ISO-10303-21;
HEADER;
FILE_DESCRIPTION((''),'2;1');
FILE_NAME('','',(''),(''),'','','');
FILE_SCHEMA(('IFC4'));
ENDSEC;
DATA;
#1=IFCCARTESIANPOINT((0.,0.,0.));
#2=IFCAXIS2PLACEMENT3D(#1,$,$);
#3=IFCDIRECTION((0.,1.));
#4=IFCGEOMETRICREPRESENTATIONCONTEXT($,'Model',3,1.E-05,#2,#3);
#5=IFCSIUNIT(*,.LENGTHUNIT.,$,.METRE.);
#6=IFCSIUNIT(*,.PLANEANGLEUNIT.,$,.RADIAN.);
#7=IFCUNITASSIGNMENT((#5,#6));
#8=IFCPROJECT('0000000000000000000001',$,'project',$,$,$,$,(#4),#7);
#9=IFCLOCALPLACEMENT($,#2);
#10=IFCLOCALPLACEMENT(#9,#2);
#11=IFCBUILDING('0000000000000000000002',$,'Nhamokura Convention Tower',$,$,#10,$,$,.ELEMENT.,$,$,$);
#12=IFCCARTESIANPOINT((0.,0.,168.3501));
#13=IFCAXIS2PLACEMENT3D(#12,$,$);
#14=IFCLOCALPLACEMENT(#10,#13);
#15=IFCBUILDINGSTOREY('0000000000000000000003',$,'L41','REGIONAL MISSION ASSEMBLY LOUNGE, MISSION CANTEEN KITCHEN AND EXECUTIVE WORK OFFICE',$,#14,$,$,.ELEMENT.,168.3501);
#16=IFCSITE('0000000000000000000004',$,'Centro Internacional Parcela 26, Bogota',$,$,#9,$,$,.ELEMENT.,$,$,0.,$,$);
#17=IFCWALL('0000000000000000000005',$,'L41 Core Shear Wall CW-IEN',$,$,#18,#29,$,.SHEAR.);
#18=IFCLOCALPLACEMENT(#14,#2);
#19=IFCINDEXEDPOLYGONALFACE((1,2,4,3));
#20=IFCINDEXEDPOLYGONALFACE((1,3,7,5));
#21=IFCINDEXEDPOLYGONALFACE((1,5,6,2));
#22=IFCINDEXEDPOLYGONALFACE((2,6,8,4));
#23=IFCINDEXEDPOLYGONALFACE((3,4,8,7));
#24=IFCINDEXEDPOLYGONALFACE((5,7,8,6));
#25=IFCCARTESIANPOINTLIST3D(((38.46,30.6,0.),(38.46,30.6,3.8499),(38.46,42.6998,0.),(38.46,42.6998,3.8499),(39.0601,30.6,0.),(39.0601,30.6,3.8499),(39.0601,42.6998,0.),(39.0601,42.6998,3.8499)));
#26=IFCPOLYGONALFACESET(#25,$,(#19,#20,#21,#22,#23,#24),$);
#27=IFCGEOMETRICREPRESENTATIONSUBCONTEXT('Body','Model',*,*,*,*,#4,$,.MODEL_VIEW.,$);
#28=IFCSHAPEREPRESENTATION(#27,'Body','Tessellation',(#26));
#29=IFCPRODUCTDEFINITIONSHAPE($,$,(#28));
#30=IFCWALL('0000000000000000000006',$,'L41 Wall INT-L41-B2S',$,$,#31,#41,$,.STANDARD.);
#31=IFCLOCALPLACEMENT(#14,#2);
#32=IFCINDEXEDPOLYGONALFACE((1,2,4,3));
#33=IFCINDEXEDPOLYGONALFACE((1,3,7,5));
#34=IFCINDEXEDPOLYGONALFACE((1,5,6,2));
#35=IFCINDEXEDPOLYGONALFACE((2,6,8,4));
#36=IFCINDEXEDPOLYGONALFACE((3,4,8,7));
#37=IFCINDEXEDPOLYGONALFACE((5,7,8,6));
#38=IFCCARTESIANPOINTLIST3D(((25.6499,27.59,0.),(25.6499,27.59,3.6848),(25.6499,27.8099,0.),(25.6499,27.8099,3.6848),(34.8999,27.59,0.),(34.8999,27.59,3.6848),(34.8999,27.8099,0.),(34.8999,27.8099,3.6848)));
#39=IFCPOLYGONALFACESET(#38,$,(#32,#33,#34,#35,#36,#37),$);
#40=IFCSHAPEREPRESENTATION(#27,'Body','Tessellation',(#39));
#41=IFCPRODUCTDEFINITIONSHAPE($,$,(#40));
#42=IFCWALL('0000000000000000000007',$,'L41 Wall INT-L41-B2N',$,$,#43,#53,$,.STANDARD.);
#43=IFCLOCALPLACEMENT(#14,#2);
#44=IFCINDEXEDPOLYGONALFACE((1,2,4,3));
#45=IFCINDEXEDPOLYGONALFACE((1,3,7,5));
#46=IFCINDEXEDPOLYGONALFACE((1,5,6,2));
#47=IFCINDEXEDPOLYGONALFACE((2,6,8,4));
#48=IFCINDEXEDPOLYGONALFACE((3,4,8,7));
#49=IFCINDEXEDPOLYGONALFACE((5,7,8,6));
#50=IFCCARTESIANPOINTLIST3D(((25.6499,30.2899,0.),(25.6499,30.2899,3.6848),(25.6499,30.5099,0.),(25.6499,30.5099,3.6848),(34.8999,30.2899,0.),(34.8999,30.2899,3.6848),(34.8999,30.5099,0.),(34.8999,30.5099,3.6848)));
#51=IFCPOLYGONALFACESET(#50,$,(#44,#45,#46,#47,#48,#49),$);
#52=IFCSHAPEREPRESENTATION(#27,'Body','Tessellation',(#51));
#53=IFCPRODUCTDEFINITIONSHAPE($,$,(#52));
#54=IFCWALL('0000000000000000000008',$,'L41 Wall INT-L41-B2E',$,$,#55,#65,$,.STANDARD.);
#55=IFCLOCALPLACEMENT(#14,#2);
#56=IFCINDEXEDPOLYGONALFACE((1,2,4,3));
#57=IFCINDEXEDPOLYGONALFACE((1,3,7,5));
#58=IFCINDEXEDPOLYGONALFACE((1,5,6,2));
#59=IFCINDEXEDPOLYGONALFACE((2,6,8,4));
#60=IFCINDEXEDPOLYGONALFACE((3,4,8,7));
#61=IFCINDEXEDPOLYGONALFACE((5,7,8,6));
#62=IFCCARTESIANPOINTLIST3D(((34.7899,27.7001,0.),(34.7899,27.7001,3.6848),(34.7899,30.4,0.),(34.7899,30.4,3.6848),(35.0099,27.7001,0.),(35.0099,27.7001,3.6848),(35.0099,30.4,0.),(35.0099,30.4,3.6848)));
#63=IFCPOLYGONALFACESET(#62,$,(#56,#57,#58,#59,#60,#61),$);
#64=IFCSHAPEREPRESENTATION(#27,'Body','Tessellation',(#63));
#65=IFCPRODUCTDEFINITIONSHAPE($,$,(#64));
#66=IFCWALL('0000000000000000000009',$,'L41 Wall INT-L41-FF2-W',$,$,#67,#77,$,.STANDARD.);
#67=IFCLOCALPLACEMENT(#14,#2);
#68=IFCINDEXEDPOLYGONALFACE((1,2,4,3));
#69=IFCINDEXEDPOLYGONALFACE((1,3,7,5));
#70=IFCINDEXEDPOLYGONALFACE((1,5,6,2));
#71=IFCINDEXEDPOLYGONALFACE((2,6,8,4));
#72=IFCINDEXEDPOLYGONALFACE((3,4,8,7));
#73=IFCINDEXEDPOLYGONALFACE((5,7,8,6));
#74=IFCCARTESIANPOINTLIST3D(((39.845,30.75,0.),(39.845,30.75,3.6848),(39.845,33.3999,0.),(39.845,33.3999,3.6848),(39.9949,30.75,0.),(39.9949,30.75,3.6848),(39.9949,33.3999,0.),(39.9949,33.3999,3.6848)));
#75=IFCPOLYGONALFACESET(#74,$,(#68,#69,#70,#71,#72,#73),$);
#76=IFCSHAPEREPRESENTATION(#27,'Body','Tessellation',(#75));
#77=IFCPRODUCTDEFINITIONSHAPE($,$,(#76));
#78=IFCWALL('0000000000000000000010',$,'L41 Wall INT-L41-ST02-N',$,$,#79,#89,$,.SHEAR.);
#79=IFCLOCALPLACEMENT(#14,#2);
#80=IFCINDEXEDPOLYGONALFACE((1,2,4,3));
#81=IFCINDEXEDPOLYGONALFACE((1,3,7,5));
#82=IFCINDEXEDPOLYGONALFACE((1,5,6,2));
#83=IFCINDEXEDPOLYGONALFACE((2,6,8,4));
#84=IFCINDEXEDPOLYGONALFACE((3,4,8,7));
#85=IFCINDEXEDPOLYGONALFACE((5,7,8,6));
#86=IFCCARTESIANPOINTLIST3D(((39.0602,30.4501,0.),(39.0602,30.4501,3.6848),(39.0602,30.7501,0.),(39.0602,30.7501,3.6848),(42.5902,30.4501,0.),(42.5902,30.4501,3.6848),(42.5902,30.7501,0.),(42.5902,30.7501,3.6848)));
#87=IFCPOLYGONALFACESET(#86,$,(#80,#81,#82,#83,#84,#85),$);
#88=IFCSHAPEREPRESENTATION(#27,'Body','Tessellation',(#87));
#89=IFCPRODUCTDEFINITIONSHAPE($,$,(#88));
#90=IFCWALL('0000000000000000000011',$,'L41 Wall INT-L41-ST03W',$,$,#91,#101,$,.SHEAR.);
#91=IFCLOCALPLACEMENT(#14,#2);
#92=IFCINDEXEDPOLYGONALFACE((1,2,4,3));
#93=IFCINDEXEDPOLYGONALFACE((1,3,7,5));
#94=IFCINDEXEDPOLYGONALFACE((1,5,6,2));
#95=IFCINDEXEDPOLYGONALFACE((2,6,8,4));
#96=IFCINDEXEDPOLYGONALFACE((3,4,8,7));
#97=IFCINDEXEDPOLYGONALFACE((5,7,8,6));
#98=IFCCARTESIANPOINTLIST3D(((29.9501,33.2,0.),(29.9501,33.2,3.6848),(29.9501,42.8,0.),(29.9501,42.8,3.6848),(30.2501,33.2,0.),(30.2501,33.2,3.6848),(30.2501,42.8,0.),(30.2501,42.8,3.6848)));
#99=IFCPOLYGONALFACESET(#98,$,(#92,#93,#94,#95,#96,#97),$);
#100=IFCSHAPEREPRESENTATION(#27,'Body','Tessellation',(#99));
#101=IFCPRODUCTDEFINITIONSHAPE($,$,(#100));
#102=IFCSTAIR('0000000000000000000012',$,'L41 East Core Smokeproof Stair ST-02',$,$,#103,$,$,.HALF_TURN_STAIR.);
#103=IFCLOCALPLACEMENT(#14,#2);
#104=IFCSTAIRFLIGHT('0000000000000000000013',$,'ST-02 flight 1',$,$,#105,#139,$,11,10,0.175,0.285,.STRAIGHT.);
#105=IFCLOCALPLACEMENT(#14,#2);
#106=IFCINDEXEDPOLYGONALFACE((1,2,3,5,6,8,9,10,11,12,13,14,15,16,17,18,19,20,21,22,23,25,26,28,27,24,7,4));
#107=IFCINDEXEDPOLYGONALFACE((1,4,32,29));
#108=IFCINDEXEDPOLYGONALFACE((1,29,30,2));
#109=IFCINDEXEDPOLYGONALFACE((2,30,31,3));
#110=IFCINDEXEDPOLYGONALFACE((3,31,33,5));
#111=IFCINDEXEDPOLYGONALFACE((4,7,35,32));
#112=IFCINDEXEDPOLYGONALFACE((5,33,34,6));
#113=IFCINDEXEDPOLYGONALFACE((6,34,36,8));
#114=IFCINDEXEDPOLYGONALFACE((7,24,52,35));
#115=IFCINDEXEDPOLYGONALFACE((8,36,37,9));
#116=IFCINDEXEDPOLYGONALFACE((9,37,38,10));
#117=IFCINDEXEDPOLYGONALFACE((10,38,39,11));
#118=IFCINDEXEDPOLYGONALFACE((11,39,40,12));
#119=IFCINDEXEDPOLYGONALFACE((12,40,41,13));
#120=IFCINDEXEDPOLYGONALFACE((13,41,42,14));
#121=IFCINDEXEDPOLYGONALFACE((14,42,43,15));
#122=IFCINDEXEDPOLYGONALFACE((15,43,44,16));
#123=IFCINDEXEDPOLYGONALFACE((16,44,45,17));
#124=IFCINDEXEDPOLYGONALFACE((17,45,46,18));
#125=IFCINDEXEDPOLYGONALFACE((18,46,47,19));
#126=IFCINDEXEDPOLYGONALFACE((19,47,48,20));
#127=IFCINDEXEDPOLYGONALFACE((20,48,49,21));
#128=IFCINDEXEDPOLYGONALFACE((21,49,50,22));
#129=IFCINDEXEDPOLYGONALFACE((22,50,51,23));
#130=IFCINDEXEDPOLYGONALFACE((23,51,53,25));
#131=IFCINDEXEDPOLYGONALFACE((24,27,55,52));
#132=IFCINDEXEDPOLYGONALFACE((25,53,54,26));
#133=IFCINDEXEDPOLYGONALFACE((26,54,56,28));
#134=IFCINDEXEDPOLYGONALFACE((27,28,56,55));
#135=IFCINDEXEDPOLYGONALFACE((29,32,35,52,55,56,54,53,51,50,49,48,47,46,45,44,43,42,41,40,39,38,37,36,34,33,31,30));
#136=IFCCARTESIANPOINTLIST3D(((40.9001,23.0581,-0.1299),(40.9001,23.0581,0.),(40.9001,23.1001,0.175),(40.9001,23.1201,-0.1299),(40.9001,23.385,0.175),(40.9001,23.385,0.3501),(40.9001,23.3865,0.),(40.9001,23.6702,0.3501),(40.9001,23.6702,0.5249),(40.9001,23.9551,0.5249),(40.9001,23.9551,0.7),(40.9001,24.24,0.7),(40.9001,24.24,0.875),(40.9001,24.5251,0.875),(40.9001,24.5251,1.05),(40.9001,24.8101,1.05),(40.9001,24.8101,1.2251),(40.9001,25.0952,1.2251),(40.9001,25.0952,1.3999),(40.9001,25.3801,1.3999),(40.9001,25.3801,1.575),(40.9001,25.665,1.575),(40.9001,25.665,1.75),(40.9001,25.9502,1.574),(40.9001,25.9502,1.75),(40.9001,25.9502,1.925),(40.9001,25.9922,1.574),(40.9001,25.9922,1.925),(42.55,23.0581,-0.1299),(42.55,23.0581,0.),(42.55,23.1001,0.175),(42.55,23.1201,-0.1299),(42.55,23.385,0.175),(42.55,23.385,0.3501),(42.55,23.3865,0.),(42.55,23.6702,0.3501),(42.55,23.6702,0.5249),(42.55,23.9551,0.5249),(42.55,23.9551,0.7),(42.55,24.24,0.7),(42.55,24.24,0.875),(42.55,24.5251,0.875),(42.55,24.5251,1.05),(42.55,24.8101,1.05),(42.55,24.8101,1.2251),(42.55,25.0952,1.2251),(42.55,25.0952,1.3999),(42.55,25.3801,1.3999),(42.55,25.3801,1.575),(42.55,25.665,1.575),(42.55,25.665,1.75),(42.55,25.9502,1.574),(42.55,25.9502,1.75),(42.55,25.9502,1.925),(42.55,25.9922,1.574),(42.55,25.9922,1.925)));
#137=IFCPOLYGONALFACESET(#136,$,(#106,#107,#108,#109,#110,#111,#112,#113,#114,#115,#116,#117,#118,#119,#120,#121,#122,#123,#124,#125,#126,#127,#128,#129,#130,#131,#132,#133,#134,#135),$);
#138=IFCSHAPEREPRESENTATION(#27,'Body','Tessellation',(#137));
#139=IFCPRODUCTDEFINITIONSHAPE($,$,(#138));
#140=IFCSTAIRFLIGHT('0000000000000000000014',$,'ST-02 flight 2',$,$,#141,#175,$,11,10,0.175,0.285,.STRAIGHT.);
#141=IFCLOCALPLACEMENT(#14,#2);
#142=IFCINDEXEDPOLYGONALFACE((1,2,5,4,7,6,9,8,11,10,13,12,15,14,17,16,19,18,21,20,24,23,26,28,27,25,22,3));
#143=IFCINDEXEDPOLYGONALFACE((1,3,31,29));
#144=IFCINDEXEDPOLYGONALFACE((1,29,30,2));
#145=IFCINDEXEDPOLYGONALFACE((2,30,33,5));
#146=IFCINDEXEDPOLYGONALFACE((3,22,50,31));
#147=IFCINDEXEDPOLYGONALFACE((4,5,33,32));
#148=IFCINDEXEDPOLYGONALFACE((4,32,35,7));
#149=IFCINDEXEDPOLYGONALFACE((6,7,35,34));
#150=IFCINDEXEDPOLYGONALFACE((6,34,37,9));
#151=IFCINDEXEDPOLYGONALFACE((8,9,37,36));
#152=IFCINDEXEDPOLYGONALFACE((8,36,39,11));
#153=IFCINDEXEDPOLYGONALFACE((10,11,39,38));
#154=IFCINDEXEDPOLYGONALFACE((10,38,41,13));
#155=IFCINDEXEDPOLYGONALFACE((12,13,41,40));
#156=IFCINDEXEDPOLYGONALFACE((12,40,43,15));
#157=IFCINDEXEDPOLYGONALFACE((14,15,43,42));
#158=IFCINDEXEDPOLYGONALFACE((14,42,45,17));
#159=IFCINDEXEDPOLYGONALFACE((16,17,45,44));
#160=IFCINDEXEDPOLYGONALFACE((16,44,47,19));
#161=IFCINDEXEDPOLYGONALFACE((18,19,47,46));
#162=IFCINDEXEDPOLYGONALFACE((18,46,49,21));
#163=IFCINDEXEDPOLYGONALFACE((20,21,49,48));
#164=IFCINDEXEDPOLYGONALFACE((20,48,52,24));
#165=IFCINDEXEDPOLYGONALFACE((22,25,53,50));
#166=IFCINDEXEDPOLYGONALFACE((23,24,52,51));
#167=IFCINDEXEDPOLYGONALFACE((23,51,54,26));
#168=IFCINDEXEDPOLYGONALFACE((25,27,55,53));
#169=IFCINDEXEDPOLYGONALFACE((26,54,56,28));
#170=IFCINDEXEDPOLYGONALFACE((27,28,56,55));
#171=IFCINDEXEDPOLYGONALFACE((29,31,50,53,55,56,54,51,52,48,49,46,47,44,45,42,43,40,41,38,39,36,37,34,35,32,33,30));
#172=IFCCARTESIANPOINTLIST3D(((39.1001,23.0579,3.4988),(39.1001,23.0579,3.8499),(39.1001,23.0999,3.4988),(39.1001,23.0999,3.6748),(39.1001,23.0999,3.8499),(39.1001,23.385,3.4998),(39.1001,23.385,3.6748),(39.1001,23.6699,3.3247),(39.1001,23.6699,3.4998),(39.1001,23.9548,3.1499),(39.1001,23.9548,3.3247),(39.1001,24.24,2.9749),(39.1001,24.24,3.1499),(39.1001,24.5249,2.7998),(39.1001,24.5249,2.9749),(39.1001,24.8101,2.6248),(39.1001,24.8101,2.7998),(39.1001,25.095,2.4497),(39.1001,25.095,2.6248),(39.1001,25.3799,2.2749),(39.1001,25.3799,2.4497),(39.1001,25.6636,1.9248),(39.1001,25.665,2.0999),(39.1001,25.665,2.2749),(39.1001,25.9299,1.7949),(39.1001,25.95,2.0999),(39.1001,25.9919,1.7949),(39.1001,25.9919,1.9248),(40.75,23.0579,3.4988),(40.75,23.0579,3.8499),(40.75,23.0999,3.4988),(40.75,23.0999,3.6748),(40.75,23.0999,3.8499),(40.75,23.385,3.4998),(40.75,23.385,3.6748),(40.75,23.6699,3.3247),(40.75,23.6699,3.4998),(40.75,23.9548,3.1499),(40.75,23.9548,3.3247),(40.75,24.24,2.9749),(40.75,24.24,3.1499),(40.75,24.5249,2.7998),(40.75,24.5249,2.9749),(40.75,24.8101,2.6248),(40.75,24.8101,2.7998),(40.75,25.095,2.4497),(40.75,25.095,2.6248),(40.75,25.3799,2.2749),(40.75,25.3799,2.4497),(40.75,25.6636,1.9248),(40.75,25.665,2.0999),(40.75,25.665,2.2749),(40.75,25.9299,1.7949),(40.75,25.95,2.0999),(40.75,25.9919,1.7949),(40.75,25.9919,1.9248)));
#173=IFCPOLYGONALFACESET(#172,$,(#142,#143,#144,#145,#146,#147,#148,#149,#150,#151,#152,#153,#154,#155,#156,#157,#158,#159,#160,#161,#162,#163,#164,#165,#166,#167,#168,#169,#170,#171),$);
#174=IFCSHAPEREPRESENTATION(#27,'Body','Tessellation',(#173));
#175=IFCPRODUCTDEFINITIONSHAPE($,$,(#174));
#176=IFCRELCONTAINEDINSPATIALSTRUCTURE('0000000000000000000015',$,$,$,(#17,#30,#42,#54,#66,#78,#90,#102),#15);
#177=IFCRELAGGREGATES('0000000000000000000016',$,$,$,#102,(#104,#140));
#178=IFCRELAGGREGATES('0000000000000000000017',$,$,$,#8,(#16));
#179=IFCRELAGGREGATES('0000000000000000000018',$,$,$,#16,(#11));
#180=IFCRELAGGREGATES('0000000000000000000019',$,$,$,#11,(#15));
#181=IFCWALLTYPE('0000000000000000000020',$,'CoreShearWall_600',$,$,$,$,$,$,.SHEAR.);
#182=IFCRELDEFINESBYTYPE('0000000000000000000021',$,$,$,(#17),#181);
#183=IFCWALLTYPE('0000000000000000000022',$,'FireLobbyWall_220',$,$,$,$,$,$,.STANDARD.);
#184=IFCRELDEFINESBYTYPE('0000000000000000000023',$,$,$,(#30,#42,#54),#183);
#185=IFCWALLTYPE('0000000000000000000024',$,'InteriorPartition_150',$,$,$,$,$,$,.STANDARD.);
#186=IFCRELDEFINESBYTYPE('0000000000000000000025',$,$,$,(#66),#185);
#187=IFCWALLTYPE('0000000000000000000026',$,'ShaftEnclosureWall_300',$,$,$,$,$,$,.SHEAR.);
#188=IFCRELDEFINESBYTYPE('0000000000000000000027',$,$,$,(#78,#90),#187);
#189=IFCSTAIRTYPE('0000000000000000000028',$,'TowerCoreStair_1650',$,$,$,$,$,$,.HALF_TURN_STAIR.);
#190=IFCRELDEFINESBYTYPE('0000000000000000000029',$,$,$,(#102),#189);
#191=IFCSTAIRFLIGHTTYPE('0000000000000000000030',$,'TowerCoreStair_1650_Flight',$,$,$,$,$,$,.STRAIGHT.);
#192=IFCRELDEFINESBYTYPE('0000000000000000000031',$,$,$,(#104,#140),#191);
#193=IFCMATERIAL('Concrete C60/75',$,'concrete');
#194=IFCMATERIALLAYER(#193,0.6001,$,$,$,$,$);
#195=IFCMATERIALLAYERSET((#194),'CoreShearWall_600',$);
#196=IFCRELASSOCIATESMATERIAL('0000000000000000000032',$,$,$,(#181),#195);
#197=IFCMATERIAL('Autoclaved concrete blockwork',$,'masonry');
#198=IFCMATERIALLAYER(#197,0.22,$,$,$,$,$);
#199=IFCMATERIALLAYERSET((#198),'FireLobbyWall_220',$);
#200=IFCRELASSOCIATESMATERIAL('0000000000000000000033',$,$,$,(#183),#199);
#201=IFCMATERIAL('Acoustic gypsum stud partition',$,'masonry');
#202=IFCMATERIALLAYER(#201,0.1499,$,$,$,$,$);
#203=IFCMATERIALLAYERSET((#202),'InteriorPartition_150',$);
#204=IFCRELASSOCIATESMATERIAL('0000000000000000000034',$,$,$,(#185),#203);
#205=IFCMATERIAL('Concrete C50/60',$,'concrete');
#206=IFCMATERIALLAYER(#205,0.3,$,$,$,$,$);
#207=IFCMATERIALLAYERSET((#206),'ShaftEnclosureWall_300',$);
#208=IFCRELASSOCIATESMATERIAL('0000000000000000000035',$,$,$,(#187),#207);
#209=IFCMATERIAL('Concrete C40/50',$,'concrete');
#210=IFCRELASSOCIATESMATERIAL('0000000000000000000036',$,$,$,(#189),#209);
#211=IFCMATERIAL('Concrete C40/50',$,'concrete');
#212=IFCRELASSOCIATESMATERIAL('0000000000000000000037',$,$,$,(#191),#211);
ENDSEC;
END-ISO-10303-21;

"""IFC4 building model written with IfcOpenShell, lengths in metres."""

from ifc_helpers import new_model, si_unit, direction, frame, frame_2d, origin, place, context, subcontext, project, spatial, polyline, rectangle, outline, extrude, material, layer, layer_set, type_object, element, aggregate, save


model = new_model("IFC4")

# Units and contexts
model_context = context("Model", 3, precision=1e-05, world=origin(), true_north=direction((0.0, 1.0)))
body_context = subcontext(model_context, "Body", "Model", "MODEL_VIEW")
ifc_project = project(units=[si_unit("LENGTHUNIT", "METRE"), si_unit("PLANEANGLEUNIT", "RADIAN")], contexts=[model_context])

# Site, building, storey
site_placement = place(None, origin())
site = spatial("IfcSite", under=ifc_project, at=site_placement, Name="Centro Internacional Parcela 26, Bogota", CompositionType="ELEMENT", RefElevation=0.0)
building_placement = place(site_placement, origin())
building = spatial("IfcBuilding", under=site, at=building_placement, Name="Nhamokura Convention Tower", CompositionType="ELEMENT")
storey_placement = place(building_placement, frame((0.0, 0.0, 168.3501)))
storey = spatial("IfcBuildingStorey", under=building, at=storey_placement, Name="L41", Description="REGIONAL MISSION ASSEMBLY LOUNGE, MISSION CANTEEN KITCHEN AND EXECUTIVE WORK OFFICE", CompositionType="ELEMENT", Elevation=168.3501)

# Shared definitions
ifc_material_1 = material(Name="Concrete C60/75", Category="concrete")
ifc_layer_1 = layer(ifc_material_1, 0.6001)
ifc_layer_set_1 = layer_set([ifc_layer_1], Name="CoreShearWall_600")
wall_type_1 = type_object("IfcWallType", Name="CoreShearWall_600", PredefinedType="SHEAR", material=ifc_layer_set_1)

# Wall
wall_1_placement = place(storey_placement, frame((38.76, 30.6001, 0.0), z_axis=(0.0, 0.0, 1.0), x_axis=(0.0, 1.0, 0.0)))
element("IfcWall", 1, at=wall_1_placement, inside=storey, type_object=wall_type_1, Name="L41 Core Shear Wall CW-IEN", PredefinedType="SHEAR", context=body_context, shape_type="SweptSolid", body=[
    extrude(rectangle(XDim=12.0999, YDim=0.6001, at=frame_2d((6.0498, 0.0))), origin(), (0.0, 0.0, 1.0), 3.8499),
])

# Shared definitions
ifc_material_2 = material(Name="Autoclaved concrete blockwork", Category="masonry")
ifc_layer_2 = layer(ifc_material_2, 0.22)
ifc_layer_set_2 = layer_set([ifc_layer_2], Name="FireLobbyWall_220")
wall_type_2 = type_object("IfcWallType", Name="FireLobbyWall_220", PredefinedType="STANDARD", material=ifc_layer_set_2)

# Walls
for number, where, z_axis, x_axis, name in (
    (2, (25.6499, 27.7, 0.0), (0.0, 0.0, 1.0), (1.0, 0.0, 0.0), "L41 Wall INT-L41-B2S"),
    (3, (25.6499, 30.3999, 0.0), (0.0, 0.0, 1.0), (1.0, 0.0, 0.0), "L41 Wall INT-L41-B2N"),
):
    element("IfcWall", number, at=place(storey_placement, frame(where, z_axis=z_axis, x_axis=x_axis)), inside=storey, type_object=wall_type_2, Name=name, PredefinedType="STANDARD", context=body_context, shape_type="SweptSolid", body=[
        extrude(rectangle(XDim=9.25, YDim=0.22, at=frame_2d((4.625, 0.0))), origin(), (0.0, 0.0, 1.0), 3.6848),
    ])
wall_2_placement = place(storey_placement, frame((34.8999, 27.7, 0.0), z_axis=(0.0, 0.0, 1.0), x_axis=(0.0, 1.0, 0.0)))
element("IfcWall", 4, at=wall_2_placement, inside=storey, type_object=wall_type_2, Name="L41 Wall INT-L41-B2E", PredefinedType="STANDARD", context=body_context, shape_type="SweptSolid", body=[
    extrude(rectangle(XDim=2.7, YDim=0.22, at=frame_2d((1.3501, 0.0))), origin(), (0.0, 0.0, 1.0), 3.6848),
])
ifc_material_3 = material(Name="Acoustic gypsum stud partition", Category="masonry")
ifc_layer_3 = layer(ifc_material_3, 0.1499)
ifc_layer_set_3 = layer_set([ifc_layer_3], Name="InteriorPartition_150")
wall_type_3 = type_object("IfcWallType", Name="InteriorPartition_150", PredefinedType="STANDARD", material=ifc_layer_set_3)
wall_3_placement = place(storey_placement, frame((39.9199, 30.75, 0.0), z_axis=(0.0, 0.0, 1.0), x_axis=(0.0, 1.0, 0.0)))
element("IfcWall", 5, at=wall_3_placement, inside=storey, type_object=wall_type_3, Name="L41 Wall INT-L41-FF2-W", PredefinedType="STANDARD", context=body_context, shape_type="SweptSolid", body=[
    extrude(rectangle(XDim=2.6499, YDim=0.1499, at=frame_2d((1.325, 0.0))), origin(), (0.0, 0.0, 1.0), 3.6848),
])
ifc_material_4 = material(Name="Concrete C50/60", Category="concrete")
ifc_layer_4 = layer(ifc_material_4, 0.3)
ifc_layer_set_4 = layer_set([ifc_layer_4], Name="ShaftEnclosureWall_300")
wall_type_4 = type_object("IfcWallType", Name="ShaftEnclosureWall_300", PredefinedType="SHEAR", material=ifc_layer_set_4)
wall_4_placement = place(storey_placement, frame((39.0601, 30.6001, 0.0), z_axis=(0.0, 0.0, 1.0), x_axis=(1.0, 0.0, 0.0)))
element("IfcWall", 6, at=wall_4_placement, inside=storey, type_object=wall_type_4, Name="L41 Wall INT-L41-ST02-N", PredefinedType="SHEAR", context=body_context, shape_type="SweptSolid", body=[
    extrude(rectangle(XDim=3.53, YDim=0.3, at=frame_2d((1.7651, 0.0))), origin(), (0.0, 0.0, 1.0), 3.6848),
])
wall_5_placement = place(storey_placement, frame((30.1001, 33.2, 0.0), z_axis=(0.0, 0.0, 1.0), x_axis=(0.0, 1.0, 0.0)))
element("IfcWall", 7, at=wall_5_placement, inside=storey, type_object=wall_type_4, Name="L41 Wall INT-L41-ST03W", PredefinedType="SHEAR", context=body_context, shape_type="SweptSolid", body=[
    extrude(rectangle(XDim=9.6001, YDim=0.3, at=frame_2d((4.8, 0.0))), origin(), (0.0, 0.0, 1.0), 3.6848),
])

# Stair, stair flights
ifc_material_5 = material(Name="Concrete C40/50", Category="concrete")
stair_type = type_object("IfcStairType", Name="TowerCoreStair_1650", PredefinedType="HALF_TURN_STAIR", material=ifc_material_5)
stair_placement = place(storey_placement, origin())
stair = element("IfcStair", 8, at=stair_placement, inside=storey, type_object=stair_type, Name="L41 East Core Smokeproof Stair ST-02", PredefinedType="HALF_TURN_STAIR")
ifc_material_6 = material(Name="Concrete C40/50", Category="concrete")
stair_flight_type = type_object("IfcStairFlightType", Name="TowerCoreStair_1650_Flight", PredefinedType="STRAIGHT", material=ifc_material_6)
stair_flight_1_placement = place(storey_placement, frame((41.7251, 23.1001, 0.0), z_axis=(0.0, 0.0, 1.0), x_axis=(0.0, 1.0, 0.0)))
stair_flight_1 = element("IfcStairFlight", 9, at=stair_flight_1_placement, type_object=stair_flight_type, Name="ST-02 flight 1", NumberOfRisers=11, NumberOfTreads=10, PredefinedType="STRAIGHT", RiserHeight=0.175, TreadLength=0.285, context=body_context, shape_type="SweptSolid", body=[
    extrude(outline(polyline([(-0.042, 0.0), (0.0, 0.175), (0.2849, 0.175), (0.2849, 0.3501), (0.5701, 0.3501), (0.5701, 0.5249), (0.855, 0.5249), (0.855, 0.7), (1.1399, 0.7), (1.1399, 0.875), (1.425, 0.875), (1.425, 1.05), (1.71, 1.05), (1.71, 1.2251), (1.9951, 1.2251), (1.9951, 1.3999), (2.28, 1.3999), (2.28, 1.575), (2.5649, 1.575), (2.5649, 1.75), (2.8501, 1.75), (2.8501, 1.925), (2.8921, 1.925), (2.8921, 1.574), (2.8501, 1.574), (0.2864, 0.0), (0.02, -0.1299), (-0.042, -0.1299), (-0.042, 0.0)])), frame((0.0, 0.825, 0.0), z_axis=(0.0, -1.0, 0.0), x_axis=(1.0, 0.0, 0.0)), (0.0, 0.0, 1.0), 1.6499),
])
stair_flight_2_placement = place(storey_placement, frame((39.925, 25.95, 1.9248), z_axis=(0.0, 0.0, 1.0), x_axis=(0.0, -1.0, 0.0)))
stair_flight_2 = element("IfcStairFlight", 10, at=stair_flight_2_placement, type_object=stair_flight_type, Name="ST-02 flight 2", NumberOfRisers=11, NumberOfTreads=10, PredefinedType="STRAIGHT", RiserHeight=0.175, TreadLength=0.285, context=body_context, shape_type="SweptSolid", body=[
    extrude(outline(polyline([(-0.042, 0.0), (0.0, 0.175), (0.2849, 0.175), (0.2849, 0.3501), (0.5701, 0.3501), (0.5701, 0.5249), (0.855, 0.5249), (0.855, 0.7), (1.1399, 0.7), (1.1399, 0.875), (1.425, 0.875), (1.425, 1.05), (1.71, 1.05), (1.71, 1.2251), (1.9951, 1.2251), (1.9951, 1.3999), (2.28, 1.3999), (2.28, 1.575), (2.5649, 1.575), (2.5649, 1.75), (2.8501, 1.75), (2.8501, 1.925), (2.8921, 1.925), (2.8921, 1.574), (2.8501, 1.574), (0.2864, 0.0), (0.02, -0.1299), (-0.042, -0.1299), (-0.042, 0.0)])), frame((0.0, 0.825, 0.0), z_axis=(0.0, -1.0, 0.0), x_axis=(1.0, 0.0, 0.0)), (0.0, 0.0, 1.0), 1.6499),
])
aggregate(stair, [stair_flight_1, stair_flight_2])

save(model, "model.ifc")
